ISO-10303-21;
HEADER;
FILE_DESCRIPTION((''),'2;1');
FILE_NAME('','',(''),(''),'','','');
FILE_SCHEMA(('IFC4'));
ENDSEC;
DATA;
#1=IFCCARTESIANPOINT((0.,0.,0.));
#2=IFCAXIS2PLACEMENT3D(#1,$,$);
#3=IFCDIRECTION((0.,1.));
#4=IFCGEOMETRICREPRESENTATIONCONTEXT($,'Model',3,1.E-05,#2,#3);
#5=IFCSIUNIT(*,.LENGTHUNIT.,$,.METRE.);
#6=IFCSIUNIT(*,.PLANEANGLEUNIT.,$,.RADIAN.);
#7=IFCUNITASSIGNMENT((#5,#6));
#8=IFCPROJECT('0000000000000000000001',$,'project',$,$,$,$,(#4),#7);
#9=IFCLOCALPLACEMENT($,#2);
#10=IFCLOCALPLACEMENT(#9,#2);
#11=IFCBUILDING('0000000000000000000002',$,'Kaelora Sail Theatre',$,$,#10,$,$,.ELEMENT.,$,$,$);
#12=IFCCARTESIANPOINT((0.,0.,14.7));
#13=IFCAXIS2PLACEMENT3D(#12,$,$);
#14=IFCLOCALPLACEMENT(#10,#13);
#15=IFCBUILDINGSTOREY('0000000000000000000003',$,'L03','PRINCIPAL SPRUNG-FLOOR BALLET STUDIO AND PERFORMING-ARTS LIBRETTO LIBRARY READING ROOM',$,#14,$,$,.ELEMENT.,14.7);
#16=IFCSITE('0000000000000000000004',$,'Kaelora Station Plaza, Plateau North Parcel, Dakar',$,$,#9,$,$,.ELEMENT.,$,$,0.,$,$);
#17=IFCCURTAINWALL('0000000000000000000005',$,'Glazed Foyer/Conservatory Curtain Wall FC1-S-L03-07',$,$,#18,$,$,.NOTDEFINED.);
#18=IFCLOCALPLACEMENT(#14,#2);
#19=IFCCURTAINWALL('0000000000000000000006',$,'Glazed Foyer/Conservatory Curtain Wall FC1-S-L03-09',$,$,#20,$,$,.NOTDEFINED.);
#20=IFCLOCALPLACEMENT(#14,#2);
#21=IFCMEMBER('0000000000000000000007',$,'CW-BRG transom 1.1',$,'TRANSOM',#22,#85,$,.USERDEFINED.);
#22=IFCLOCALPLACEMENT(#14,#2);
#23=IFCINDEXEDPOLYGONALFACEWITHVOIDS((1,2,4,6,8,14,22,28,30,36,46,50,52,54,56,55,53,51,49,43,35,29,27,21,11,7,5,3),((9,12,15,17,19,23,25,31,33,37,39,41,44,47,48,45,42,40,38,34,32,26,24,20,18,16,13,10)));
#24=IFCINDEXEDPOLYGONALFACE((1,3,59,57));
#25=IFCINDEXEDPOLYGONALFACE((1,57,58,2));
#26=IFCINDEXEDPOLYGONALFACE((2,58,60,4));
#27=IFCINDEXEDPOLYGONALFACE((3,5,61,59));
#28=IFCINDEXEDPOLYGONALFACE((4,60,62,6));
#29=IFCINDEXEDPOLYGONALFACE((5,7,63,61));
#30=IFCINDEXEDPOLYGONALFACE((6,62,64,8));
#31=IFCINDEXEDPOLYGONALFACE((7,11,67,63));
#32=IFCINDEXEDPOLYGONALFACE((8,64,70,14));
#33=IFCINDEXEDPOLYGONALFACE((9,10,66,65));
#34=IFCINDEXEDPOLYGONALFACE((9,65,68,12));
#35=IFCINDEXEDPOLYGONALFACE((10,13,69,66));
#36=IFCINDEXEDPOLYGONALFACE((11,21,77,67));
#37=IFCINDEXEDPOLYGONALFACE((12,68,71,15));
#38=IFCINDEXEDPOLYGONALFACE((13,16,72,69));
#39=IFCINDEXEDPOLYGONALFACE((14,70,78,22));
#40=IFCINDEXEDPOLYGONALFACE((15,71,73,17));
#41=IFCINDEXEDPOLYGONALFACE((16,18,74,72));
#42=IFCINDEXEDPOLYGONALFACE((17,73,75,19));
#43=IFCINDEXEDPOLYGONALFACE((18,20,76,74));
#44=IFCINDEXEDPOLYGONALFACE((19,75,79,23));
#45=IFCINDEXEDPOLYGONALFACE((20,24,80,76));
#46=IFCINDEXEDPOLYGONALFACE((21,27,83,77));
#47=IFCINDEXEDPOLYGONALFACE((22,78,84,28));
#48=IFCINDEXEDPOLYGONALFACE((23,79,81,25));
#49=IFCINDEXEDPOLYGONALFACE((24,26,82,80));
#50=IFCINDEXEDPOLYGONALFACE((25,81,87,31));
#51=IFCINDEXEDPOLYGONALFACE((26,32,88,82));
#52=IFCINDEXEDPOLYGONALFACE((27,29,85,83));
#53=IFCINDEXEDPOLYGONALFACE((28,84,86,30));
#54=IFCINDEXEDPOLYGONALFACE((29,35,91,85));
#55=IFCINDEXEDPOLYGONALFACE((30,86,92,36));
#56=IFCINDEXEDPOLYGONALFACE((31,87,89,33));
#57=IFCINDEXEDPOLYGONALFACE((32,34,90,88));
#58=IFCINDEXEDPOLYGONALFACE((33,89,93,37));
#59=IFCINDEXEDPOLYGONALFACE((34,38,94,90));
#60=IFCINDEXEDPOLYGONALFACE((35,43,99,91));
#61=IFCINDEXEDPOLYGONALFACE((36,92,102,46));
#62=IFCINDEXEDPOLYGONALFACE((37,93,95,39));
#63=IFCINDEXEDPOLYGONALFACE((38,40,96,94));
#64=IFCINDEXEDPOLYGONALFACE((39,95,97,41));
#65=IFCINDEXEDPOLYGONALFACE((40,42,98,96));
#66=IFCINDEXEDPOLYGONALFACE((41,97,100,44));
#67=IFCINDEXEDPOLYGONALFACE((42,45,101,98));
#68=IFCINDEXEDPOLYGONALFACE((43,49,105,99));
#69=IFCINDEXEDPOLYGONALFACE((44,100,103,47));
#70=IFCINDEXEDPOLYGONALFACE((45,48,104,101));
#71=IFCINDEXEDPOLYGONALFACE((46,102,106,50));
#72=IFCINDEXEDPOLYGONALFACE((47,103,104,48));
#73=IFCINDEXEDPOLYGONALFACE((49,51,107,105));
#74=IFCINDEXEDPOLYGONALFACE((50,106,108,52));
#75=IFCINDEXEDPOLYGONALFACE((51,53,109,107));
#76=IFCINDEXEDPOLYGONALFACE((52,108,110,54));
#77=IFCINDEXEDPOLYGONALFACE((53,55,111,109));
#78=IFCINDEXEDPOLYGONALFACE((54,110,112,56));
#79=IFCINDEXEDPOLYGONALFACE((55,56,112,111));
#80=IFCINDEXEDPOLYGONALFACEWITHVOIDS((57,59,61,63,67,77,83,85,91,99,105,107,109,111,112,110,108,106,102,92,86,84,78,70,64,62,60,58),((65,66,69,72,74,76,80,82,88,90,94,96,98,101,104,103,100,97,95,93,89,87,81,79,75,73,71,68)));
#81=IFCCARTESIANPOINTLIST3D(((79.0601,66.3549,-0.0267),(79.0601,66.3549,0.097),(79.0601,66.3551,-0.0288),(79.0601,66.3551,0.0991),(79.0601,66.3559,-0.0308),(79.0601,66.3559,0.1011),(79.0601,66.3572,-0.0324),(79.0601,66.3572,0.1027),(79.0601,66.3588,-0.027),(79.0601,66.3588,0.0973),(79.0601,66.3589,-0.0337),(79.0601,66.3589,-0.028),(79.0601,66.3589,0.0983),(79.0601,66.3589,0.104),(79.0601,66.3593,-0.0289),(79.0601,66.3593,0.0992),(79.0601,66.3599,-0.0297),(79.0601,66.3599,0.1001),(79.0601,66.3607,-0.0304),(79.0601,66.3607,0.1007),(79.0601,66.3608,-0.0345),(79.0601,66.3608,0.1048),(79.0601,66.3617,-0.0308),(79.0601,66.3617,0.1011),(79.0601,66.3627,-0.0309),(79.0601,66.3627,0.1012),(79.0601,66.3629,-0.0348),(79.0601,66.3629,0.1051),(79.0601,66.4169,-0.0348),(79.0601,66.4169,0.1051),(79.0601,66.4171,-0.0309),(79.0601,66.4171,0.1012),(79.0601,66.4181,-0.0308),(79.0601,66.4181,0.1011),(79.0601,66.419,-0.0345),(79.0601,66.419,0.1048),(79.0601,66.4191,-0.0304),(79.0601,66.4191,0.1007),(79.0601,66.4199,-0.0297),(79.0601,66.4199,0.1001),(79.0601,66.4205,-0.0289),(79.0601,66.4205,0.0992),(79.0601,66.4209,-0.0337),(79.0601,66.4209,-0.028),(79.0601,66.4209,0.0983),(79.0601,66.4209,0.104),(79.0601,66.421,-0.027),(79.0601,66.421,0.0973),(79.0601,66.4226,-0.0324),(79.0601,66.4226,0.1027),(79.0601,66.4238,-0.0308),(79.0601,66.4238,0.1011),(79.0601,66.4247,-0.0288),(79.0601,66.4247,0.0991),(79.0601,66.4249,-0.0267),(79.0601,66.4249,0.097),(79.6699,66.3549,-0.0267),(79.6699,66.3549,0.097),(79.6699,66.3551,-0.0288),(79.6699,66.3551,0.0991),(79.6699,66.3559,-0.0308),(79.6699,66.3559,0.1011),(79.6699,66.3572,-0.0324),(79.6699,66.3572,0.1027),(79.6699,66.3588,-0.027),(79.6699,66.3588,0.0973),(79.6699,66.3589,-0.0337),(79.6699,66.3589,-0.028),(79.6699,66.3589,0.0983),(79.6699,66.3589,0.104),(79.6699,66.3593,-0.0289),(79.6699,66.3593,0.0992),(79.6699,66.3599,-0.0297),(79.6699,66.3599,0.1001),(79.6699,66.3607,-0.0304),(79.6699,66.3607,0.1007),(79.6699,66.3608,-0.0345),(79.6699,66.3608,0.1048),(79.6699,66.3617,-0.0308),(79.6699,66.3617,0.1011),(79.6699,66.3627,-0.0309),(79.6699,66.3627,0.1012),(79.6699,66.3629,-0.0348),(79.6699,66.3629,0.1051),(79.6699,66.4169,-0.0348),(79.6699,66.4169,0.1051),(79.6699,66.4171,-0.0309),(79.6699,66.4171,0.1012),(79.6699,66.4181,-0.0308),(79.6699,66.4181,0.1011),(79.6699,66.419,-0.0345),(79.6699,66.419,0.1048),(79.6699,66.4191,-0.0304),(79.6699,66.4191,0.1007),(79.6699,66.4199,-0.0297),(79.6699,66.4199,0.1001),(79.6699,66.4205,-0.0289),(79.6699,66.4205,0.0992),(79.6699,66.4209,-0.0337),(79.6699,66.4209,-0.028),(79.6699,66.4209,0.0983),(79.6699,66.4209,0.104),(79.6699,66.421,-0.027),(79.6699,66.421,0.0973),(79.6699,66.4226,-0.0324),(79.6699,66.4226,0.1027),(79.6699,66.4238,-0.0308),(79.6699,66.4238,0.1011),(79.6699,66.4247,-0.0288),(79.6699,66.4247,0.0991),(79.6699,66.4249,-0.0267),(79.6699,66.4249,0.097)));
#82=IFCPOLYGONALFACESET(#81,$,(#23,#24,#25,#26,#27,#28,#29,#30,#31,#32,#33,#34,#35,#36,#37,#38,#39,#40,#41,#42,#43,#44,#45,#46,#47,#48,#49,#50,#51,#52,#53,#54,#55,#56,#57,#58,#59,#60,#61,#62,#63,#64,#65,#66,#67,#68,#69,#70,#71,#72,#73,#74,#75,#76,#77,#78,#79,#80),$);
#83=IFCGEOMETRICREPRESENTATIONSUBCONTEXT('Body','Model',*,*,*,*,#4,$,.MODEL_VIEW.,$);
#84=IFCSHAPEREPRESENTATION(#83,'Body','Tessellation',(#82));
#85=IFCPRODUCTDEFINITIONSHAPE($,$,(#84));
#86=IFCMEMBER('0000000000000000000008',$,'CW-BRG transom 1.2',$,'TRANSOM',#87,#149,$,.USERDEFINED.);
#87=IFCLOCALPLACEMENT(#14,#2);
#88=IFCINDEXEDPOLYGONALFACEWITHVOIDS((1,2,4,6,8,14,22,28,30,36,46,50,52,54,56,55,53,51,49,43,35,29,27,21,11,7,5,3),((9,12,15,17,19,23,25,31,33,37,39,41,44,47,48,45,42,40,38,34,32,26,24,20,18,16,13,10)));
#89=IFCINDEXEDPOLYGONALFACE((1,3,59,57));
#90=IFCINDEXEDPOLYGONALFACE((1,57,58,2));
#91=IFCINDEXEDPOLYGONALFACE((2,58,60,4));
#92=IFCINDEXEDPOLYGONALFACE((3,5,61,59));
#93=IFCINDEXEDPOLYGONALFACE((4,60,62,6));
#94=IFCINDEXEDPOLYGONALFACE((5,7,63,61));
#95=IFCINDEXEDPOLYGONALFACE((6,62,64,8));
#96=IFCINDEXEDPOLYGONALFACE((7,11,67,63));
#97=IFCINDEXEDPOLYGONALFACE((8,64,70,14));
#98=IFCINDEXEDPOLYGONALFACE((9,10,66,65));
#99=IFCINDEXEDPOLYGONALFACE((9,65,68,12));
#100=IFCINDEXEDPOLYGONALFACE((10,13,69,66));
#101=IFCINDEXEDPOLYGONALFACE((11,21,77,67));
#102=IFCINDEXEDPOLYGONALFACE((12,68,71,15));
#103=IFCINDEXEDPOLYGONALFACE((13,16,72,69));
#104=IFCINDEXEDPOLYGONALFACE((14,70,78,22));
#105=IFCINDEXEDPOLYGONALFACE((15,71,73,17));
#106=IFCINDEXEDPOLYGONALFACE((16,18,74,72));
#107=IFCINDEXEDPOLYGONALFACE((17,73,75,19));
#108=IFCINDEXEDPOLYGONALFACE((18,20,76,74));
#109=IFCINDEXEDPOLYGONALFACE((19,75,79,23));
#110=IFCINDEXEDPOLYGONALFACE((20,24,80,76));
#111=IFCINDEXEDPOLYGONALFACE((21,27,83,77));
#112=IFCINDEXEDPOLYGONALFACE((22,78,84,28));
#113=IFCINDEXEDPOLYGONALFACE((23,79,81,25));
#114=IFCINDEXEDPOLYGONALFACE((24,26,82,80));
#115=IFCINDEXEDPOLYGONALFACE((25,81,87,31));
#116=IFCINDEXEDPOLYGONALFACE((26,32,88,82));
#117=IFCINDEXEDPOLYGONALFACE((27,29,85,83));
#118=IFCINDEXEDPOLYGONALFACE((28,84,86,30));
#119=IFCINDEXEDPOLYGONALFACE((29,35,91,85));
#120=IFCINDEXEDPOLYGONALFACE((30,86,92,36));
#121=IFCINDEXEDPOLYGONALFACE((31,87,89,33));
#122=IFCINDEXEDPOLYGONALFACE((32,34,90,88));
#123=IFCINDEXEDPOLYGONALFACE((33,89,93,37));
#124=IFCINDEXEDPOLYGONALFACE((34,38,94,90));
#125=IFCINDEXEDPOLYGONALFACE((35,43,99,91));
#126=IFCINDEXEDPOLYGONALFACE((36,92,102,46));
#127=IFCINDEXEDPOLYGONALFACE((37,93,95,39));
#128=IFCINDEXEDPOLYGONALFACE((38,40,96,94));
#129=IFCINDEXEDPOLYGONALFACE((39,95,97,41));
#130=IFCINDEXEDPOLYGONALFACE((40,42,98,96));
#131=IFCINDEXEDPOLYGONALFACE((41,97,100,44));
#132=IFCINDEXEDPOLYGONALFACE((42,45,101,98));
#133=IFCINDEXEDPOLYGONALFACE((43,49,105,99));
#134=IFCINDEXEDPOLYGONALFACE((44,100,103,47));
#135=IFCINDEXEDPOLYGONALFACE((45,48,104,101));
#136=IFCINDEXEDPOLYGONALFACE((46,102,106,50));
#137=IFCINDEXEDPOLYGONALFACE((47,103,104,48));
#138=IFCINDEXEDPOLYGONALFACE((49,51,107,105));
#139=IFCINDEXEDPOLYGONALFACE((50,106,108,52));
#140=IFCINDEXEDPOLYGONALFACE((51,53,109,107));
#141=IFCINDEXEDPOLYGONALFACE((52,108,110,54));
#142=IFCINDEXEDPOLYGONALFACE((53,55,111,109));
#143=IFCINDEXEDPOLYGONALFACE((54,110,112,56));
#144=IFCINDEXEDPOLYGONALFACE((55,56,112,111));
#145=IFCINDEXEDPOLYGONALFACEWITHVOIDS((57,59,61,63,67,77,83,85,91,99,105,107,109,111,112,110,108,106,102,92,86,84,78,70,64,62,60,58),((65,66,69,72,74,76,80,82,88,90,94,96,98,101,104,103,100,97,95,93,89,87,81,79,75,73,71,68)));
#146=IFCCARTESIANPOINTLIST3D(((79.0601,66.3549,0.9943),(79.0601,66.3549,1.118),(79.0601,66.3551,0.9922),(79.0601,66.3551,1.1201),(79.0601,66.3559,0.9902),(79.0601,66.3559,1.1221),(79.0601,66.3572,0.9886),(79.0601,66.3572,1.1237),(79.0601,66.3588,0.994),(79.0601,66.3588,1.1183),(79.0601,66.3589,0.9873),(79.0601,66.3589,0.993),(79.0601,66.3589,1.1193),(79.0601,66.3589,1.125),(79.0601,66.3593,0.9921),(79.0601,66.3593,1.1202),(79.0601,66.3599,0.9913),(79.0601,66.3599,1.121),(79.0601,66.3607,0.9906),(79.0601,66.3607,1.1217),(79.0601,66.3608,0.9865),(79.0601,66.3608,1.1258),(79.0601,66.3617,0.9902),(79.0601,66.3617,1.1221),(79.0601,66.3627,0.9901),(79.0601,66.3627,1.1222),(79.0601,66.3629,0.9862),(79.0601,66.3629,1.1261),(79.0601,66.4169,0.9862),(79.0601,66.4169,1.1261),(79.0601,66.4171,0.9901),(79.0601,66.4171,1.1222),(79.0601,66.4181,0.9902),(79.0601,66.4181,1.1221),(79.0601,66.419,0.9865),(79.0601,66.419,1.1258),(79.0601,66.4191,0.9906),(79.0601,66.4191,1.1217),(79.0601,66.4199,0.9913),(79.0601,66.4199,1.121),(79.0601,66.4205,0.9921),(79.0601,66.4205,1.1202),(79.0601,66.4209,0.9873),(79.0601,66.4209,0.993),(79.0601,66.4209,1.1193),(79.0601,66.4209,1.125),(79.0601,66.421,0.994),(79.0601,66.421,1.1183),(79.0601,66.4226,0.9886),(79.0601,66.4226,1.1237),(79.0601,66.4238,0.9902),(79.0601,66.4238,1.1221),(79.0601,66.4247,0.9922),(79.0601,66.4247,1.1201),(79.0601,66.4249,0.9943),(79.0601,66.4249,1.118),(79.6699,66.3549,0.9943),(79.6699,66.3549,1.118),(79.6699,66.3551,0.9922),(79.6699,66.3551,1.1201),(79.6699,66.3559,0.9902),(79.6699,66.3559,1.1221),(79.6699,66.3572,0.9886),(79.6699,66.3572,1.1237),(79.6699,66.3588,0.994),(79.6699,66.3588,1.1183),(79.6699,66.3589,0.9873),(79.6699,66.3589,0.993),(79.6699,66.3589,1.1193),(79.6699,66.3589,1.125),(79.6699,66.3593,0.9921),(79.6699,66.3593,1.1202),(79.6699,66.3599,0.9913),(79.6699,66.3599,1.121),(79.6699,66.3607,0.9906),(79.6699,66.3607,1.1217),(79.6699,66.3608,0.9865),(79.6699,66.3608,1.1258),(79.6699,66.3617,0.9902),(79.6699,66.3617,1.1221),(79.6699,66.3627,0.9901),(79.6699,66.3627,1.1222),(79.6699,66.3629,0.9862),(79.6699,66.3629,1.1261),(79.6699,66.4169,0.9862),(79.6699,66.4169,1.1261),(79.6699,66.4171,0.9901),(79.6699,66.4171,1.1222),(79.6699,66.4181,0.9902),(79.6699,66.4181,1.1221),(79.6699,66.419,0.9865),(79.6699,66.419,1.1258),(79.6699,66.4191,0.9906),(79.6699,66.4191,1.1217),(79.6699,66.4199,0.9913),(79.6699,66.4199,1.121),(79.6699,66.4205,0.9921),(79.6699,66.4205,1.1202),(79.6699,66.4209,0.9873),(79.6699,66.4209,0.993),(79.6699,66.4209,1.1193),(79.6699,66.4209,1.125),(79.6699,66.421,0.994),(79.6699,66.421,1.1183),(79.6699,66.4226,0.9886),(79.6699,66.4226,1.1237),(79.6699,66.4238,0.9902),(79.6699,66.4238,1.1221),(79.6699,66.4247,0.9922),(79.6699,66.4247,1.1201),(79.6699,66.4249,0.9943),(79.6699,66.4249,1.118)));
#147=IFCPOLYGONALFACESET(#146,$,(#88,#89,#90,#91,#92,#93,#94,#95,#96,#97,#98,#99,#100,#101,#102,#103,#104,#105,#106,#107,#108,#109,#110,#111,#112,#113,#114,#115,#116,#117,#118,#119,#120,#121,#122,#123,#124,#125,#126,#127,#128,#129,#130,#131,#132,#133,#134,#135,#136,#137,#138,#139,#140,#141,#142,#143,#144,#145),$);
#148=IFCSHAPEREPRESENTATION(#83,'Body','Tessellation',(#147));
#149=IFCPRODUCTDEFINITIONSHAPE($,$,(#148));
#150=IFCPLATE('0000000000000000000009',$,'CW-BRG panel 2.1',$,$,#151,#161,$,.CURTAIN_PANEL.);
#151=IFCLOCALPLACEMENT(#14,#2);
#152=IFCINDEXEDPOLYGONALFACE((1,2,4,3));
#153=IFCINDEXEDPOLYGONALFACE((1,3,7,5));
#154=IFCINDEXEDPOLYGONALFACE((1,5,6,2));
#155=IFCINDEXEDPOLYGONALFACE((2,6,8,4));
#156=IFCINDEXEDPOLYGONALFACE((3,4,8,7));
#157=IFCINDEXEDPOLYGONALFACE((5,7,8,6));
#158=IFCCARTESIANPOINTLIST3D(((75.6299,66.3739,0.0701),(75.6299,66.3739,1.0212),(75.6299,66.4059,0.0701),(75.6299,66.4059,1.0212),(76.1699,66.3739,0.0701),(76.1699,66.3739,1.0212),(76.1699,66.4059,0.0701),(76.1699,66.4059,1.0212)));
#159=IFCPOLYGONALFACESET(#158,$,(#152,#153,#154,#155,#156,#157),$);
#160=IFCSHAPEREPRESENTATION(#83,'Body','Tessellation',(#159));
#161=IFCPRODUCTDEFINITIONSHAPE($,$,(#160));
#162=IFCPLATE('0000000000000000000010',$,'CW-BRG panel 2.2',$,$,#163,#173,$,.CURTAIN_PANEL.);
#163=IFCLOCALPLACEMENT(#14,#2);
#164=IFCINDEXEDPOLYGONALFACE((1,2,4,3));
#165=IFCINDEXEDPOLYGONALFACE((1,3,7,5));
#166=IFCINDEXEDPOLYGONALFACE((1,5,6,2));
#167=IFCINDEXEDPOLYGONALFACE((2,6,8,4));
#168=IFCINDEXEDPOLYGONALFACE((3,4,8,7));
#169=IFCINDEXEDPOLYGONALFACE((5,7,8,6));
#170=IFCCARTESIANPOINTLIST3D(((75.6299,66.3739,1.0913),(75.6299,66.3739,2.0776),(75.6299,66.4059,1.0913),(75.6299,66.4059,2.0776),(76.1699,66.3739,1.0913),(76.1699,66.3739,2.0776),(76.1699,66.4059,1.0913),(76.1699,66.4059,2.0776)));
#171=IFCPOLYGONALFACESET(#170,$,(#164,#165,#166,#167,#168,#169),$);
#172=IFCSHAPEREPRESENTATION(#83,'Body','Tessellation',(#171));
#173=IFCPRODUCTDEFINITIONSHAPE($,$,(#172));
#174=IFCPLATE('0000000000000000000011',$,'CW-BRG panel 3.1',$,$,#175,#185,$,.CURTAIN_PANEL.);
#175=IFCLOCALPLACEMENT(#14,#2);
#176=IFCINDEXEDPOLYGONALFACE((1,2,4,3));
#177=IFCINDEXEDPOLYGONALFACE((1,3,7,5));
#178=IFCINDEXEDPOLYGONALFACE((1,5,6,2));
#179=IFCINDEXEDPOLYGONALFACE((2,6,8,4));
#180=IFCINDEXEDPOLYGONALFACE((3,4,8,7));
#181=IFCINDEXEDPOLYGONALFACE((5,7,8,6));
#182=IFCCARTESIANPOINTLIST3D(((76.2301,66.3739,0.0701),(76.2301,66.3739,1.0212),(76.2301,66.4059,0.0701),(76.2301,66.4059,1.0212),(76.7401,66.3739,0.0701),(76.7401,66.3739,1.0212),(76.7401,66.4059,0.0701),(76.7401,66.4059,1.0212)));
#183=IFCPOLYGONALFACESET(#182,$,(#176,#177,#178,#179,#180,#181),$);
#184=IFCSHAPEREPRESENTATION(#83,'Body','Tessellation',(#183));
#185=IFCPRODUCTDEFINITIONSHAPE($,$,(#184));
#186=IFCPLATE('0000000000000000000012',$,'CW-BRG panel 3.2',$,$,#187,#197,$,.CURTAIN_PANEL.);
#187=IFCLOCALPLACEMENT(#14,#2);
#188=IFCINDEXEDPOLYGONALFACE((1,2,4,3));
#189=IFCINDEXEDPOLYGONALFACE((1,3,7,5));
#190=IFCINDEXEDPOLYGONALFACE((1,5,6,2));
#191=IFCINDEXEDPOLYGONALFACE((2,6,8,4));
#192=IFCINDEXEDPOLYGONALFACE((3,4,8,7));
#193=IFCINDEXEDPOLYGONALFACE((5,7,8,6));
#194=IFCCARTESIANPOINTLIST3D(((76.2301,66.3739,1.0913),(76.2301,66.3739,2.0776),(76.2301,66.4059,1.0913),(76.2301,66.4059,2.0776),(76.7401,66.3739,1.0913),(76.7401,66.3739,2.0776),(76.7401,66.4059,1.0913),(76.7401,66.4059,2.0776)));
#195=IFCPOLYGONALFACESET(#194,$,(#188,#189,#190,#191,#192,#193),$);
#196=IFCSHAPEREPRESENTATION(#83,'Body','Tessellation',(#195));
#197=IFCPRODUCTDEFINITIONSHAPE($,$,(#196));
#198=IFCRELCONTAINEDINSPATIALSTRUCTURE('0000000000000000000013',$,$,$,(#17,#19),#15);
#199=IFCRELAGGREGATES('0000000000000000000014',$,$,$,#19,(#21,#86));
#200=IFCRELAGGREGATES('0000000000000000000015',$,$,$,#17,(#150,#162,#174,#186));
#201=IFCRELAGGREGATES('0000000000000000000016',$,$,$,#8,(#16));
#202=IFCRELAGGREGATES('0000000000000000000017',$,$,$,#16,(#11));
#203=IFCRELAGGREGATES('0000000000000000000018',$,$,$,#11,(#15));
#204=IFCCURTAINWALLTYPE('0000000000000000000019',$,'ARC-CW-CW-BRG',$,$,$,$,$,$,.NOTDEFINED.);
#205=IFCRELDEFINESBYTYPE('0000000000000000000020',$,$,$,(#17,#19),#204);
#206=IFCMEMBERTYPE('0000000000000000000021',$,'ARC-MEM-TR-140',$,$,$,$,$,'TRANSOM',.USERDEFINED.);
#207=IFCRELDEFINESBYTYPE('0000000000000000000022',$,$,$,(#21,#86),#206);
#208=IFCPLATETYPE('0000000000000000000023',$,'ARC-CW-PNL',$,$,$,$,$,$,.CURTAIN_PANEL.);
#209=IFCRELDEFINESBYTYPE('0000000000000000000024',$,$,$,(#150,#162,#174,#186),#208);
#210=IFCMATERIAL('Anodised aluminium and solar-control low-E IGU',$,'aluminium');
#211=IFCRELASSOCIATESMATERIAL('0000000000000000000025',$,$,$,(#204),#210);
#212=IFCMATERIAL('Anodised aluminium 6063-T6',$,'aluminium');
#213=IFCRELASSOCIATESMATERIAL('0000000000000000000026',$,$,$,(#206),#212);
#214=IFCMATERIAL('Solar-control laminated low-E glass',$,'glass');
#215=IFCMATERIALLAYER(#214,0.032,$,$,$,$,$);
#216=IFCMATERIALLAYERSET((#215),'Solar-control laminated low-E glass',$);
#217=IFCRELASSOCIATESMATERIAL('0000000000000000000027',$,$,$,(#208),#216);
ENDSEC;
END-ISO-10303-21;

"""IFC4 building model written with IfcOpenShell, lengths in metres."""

from ifc_helpers import new_model, si_unit, direction, frame, origin, origin_2d, place, context, subcontext, project, spatial, rectangle, hollow_rectangle, extrude, material, layer, layer_set, material_profile, profile_set, type_object, element, aggregate, save


model = new_model("IFC4")

# Units and contexts
model_context = context("Model", 3, precision=1e-05, world=origin(), true_north=direction((0.0, 1.0)))
body_context = subcontext(model_context, "Body", "Model", "MODEL_VIEW")
ifc_project = project(units=[si_unit("LENGTHUNIT", "METRE"), si_unit("PLANEANGLEUNIT", "RADIAN")], contexts=[model_context])

# Site, building, storey
site_placement = place(None, origin())
site = spatial("IfcSite", under=ifc_project, at=site_placement, Name="Kaelora Station Plaza, Plateau North Parcel, Dakar", CompositionType="ELEMENT", RefElevation=0.0)
building_placement = place(site_placement, origin())
building = spatial("IfcBuilding", under=site, at=building_placement, Name="Kaelora Sail Theatre", CompositionType="ELEMENT")
storey_placement = place(building_placement, frame((0.0, 0.0, 14.7)))
storey = spatial("IfcBuildingStorey", under=building, at=storey_placement, Name="L03", Description="PRINCIPAL SPRUNG-FLOOR BALLET STUDIO AND PERFORMING-ARTS LIBRETTO LIBRARY READING ROOM", CompositionType="ELEMENT", Elevation=14.7)

# Curtain wall
ifc_material_1 = material(Name="Anodised aluminium and solar-control low-E IGU", Category="aluminium")
curtain_wall_type = type_object("IfcCurtainWallType", Name="ARC-CW-CW-BRG", PredefinedType="NOTDEFINED", material=ifc_material_1)
curtain_wall_1_placement = place(storey_placement, origin())
curtain_wall_1 = element("IfcCurtainWall", 1, at=curtain_wall_1_placement, inside=storey, type_object=curtain_wall_type, Name="Glazed Foyer/Conservatory Curtain Wall FC1-S-L03-07", PredefinedType="NOTDEFINED")

# Curtain wall
curtain_wall_2_placement = place(storey_placement, origin())
curtain_wall_2 = element("IfcCurtainWall", 2, at=curtain_wall_2_placement, inside=storey, type_object=curtain_wall_type, Name="Glazed Foyer/Conservatory Curtain Wall FC1-S-L03-09", PredefinedType="NOTDEFINED")

# Members
ifc_material_2 = material(Name="Anodised aluminium 6063-T6", Category="aluminium")
ifc_material_profile_1 = material_profile(ifc_material_2, hollow_rectangle(XDim=0.0701, YDim=0.1399, WallThickness=0.0039, InnerFilletRadius=0.0039, OuterFilletRadius=0.0081, at=origin_2d()), Name="ALU-TRAN 70x140x4")
ifc_profile_set_1 = profile_set([ifc_material_profile_1], Name="Anodised aluminium 6063-T6")
member_type_1 = type_object("IfcMemberType", Name="ARC-MEM-TR-140", ElementType="TRANSOM", PredefinedType="USERDEFINED", material=ifc_profile_set_1)
member_1_placement = place(storey_placement, frame((79.0601, 66.3899, 0.0352), z_axis=(1.0, 0.0, 0.0), x_axis=(0.0, 1.0, 0.0)))
member_1 = element("IfcMember", 3, at=member_1_placement, type_object=member_type_1, Name="CW-BRG transom 1.1", ObjectType="TRANSOM", PredefinedType="USERDEFINED", context=body_context, shape_type="SweptSolid", body=[
    extrude(hollow_rectangle(XDim=0.0701, YDim=0.1399, WallThickness=0.0039, InnerFilletRadius=0.0039, OuterFilletRadius=0.0081, at=origin_2d()), origin(), (0.0, 0.0, 1.0), 0.6099),
])
member_2_placement = place(storey_placement, frame((79.0601, 66.3899, 1.0562), z_axis=(1.0, 0.0, 0.0), x_axis=(0.0, 1.0, 0.0)))
member_2 = element("IfcMember", 4, at=member_2_placement, type_object=member_type_1, Name="CW-BRG transom 1.2", ObjectType="TRANSOM", PredefinedType="USERDEFINED", context=body_context, shape_type="SweptSolid", body=[
    extrude(hollow_rectangle(XDim=0.0701, YDim=0.1399, WallThickness=0.0039, InnerFilletRadius=0.0039, OuterFilletRadius=0.0081, at=origin_2d()), origin(), (0.0, 0.0, 1.0), 0.6099),
])
aggregate(curtain_wall_2, [member_1, member_2])

# Plates
ifc_material_3 = material(Name="Solar-control laminated low-E glass", Category="glass")
ifc_layer = layer(ifc_material_3, 0.032)
ifc_layer_set = layer_set([ifc_layer], Name="Solar-control laminated low-E glass")
plate_type = type_object("IfcPlateType", Name="ARC-CW-PNL", PredefinedType="CURTAIN_PANEL", material=ifc_layer_set)
plate_1_placement = place(storey_placement, frame((75.8999, 66.3899, 0.0701), z_axis=(0.0, 0.0, 1.0), x_axis=(1.0, 0.0, 0.0)))
plate_1 = element("IfcPlate", 5, at=plate_1_placement, type_object=plate_type, Name="CW-BRG panel 2.1", PredefinedType="CURTAIN_PANEL", context=body_context, shape_type="SweptSolid", body=[
    extrude(rectangle(XDim=0.54, YDim=0.032, at=origin_2d()), origin(), (0.0, 0.0, 1.0), 0.9512),
])
plate_2_placement = place(storey_placement, frame((75.8999, 66.3899, 1.0913), z_axis=(0.0, 0.0, 1.0), x_axis=(1.0, 0.0, 0.0)))
plate_2 = element("IfcPlate", 6, at=plate_2_placement, type_object=plate_type, Name="CW-BRG panel 2.2", PredefinedType="CURTAIN_PANEL", context=body_context, shape_type="SweptSolid", body=[
    extrude(rectangle(XDim=0.54, YDim=0.032, at=origin_2d()), origin(), (0.0, 0.0, 1.0), 0.9863),
])
plate_3_placement = place(storey_placement, frame((76.4851, 66.3899, 0.0701), z_axis=(0.0, 0.0, 1.0), x_axis=(1.0, 0.0, 0.0)))
plate_3 = element("IfcPlate", 7, at=plate_3_placement, type_object=plate_type, Name="CW-BRG panel 3.1", PredefinedType="CURTAIN_PANEL", context=body_context, shape_type="SweptSolid", body=[
    extrude(rectangle(XDim=0.51, YDim=0.032, at=origin_2d()), origin(), (0.0, 0.0, 1.0), 0.9512),
])
plate_4_placement = place(storey_placement, frame((76.4851, 66.3899, 1.0913), z_axis=(0.0, 0.0, 1.0), x_axis=(1.0, 0.0, 0.0)))
plate_4 = element("IfcPlate", 8, at=plate_4_placement, type_object=plate_type, Name="CW-BRG panel 3.2", PredefinedType="CURTAIN_PANEL", context=body_context, shape_type="SweptSolid", body=[
    extrude(rectangle(XDim=0.51, YDim=0.032, at=origin_2d()), origin(), (0.0, 0.0, 1.0), 0.9863),
])
aggregate(curtain_wall_1, [plate_1, plate_2, plate_3, plate_4])

save(model, "model.ifc")
